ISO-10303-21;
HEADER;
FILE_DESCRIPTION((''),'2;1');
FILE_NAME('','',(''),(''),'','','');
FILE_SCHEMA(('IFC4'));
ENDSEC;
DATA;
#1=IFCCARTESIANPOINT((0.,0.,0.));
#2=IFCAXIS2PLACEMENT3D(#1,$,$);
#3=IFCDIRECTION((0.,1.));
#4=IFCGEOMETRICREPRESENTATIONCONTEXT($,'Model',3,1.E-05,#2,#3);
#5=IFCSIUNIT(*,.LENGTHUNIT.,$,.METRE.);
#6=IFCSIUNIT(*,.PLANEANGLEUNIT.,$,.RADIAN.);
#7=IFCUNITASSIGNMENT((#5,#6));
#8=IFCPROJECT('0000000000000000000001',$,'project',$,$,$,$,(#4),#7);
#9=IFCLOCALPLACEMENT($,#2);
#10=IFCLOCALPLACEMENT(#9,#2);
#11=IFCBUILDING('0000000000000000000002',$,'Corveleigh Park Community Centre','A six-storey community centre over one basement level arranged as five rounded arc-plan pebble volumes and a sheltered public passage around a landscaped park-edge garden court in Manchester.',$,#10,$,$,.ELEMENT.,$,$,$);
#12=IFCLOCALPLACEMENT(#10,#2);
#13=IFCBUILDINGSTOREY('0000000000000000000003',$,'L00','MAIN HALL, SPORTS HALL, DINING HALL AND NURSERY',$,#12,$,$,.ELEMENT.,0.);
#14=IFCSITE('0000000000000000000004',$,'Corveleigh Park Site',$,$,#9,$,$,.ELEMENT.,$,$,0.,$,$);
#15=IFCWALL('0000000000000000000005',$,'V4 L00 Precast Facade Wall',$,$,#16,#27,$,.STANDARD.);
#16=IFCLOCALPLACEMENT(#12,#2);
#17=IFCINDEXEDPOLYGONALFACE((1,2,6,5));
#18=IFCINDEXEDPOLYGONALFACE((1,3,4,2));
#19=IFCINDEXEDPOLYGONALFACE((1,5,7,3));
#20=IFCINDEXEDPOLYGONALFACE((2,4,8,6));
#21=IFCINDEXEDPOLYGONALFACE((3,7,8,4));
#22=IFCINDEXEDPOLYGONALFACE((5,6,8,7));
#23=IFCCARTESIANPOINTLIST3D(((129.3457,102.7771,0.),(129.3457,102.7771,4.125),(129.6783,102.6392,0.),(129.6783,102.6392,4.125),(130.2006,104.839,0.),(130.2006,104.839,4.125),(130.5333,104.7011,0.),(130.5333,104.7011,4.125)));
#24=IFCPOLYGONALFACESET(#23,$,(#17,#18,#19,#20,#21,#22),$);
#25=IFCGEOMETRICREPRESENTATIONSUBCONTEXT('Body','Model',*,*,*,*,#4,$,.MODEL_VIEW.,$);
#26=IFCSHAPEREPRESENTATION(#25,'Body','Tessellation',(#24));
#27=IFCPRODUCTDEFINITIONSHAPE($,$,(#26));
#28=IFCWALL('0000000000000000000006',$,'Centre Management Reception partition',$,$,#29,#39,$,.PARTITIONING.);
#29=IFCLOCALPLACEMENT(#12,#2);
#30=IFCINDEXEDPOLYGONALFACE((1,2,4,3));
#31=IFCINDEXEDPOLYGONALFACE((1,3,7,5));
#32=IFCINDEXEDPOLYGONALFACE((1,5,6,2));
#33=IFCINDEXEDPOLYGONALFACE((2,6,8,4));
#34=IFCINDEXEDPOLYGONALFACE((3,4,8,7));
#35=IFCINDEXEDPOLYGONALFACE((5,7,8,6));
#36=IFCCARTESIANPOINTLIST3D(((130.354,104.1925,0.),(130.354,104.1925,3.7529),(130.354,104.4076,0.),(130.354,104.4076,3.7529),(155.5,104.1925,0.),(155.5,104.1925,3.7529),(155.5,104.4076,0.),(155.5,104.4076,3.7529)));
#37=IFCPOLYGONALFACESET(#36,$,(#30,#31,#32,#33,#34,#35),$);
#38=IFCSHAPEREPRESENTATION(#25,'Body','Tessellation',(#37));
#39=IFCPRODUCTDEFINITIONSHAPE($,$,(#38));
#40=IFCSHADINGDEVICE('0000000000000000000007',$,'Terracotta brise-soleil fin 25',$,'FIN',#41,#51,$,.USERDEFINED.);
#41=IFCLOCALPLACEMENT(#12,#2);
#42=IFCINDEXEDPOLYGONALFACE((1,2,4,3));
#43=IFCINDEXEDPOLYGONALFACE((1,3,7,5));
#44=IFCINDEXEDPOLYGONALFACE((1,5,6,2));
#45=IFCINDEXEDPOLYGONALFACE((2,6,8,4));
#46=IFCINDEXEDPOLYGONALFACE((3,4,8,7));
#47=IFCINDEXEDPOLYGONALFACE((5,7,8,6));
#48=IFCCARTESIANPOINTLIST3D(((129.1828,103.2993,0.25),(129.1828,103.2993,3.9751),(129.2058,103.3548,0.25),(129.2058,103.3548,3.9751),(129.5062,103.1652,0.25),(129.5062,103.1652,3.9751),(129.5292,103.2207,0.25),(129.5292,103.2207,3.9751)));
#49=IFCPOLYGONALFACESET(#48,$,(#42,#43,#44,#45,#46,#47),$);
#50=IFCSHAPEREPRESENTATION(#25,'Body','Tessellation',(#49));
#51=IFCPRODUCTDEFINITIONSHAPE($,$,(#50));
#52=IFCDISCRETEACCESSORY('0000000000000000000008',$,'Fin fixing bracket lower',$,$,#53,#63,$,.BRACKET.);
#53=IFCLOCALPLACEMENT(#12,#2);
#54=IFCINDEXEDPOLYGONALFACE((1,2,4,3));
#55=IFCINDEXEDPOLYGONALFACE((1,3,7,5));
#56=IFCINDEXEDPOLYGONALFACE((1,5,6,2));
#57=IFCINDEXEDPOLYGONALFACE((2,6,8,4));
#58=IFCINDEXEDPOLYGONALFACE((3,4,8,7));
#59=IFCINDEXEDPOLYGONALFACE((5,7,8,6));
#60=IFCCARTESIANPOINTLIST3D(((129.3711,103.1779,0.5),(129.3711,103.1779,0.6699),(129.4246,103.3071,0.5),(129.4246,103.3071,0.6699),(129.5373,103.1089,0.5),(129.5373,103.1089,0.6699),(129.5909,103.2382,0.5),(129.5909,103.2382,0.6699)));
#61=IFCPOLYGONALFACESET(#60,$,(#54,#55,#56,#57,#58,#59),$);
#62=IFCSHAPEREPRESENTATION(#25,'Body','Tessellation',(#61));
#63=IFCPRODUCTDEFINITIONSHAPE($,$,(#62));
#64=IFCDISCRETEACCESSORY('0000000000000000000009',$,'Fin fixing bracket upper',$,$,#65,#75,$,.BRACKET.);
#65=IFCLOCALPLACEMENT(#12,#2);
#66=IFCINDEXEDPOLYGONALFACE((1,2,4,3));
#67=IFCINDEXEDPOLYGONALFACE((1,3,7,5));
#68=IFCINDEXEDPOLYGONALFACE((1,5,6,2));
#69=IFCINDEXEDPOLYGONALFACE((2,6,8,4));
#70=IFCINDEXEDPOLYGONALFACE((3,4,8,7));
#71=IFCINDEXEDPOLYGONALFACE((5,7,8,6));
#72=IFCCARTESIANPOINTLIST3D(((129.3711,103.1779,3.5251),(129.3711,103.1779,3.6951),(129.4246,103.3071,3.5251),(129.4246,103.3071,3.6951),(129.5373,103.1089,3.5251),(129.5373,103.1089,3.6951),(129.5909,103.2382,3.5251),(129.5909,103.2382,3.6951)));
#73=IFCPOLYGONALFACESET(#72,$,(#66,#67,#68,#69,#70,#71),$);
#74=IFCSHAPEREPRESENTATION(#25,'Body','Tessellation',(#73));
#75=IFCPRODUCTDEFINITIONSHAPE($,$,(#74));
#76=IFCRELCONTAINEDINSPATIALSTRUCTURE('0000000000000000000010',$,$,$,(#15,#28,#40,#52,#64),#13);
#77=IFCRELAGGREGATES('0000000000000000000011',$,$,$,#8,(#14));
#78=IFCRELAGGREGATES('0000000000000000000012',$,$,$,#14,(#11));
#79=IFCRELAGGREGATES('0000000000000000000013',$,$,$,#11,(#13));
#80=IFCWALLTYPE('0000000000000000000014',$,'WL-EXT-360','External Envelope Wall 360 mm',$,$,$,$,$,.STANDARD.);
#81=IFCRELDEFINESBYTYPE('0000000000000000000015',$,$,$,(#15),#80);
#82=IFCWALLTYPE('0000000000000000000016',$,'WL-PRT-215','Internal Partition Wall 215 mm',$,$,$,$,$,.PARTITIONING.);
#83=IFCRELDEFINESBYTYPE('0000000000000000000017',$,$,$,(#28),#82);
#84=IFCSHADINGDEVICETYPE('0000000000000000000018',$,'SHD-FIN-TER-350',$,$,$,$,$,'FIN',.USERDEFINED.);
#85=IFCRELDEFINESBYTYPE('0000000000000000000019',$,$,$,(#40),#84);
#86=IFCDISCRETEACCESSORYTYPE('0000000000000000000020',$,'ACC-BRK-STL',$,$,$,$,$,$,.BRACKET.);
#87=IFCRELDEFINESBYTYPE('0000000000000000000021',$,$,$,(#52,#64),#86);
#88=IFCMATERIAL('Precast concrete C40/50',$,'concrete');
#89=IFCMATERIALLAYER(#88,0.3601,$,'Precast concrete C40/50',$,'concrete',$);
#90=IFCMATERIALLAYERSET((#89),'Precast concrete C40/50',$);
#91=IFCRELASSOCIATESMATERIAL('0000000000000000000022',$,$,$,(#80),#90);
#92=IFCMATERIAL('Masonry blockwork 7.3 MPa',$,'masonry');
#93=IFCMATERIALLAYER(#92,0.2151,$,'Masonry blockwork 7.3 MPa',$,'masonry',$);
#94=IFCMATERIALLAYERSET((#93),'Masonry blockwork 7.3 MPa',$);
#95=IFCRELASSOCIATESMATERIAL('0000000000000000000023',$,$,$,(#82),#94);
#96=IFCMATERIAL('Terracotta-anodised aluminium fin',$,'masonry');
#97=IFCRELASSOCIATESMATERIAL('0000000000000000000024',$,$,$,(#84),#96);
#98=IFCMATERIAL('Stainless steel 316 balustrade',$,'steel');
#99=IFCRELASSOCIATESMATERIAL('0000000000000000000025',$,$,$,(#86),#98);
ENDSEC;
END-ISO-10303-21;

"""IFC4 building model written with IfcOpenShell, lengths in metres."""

from ifc_helpers import new_model, si_unit, direction, frame, frame_2d, origin, origin_2d, place, context, subcontext, project, spatial, rectangle, extrude, material, layer, layer_set, type_object, element, save


model = new_model("IFC4")

# Units and contexts
model_context = context("Model", 3, precision=1e-05, world=origin(), true_north=direction((0.0, 1.0)))
body_context = subcontext(model_context, "Body", "Model", "MODEL_VIEW")
ifc_project = project(units=[si_unit("LENGTHUNIT", "METRE"), si_unit("PLANEANGLEUNIT", "RADIAN")], contexts=[model_context])

# Site, building, storey
site_placement = place(None, origin())
site = spatial("IfcSite", under=ifc_project, at=site_placement, Name="Corveleigh Park Site", CompositionType="ELEMENT", RefElevation=0.0)
building_placement = place(site_placement, origin())
building = spatial("IfcBuilding", under=site, at=building_placement, Name="Corveleigh Park Community Centre", Description="A six-storey community centre over one basement level arranged as five rounded arc-plan pebble volumes and a sheltered public passage around a landscaped park-edge garden court in Manchester.", CompositionType="ELEMENT")
storey_placement = place(building_placement, origin())
storey = spatial("IfcBuildingStorey", under=building, at=storey_placement, Name="L00", Description="MAIN HALL, SPORTS HALL, DINING HALL AND NURSERY", CompositionType="ELEMENT", Elevation=0.0)

# Walls
ifc_material_1 = material(Name="Precast concrete C40/50", Category="concrete")
ifc_layer_1 = layer(ifc_material_1, 0.3601, Name="Precast concrete C40/50", Category="concrete")
ifc_layer_set_1 = layer_set([ifc_layer_1], Name="Precast concrete C40/50")
wall_type_1 = type_object("IfcWallType", Name="WL-EXT-360", Description="External Envelope Wall 360 mm", PredefinedType="STANDARD", material=ifc_layer_set_1)
wall_1_placement = place(storey_placement, frame((129.512, 102.708, 0.0), z_axis=(0.0, 0.0, 1.0), x_axis=(0.383015, 0.923742, 0.0)))
element("IfcWall", 1, at=wall_1_placement, inside=storey, type_object=wall_type_1, Name="V4 L00 Precast Facade Wall", PredefinedType="STANDARD", context=body_context, shape_type="SweptSolid", body=[
    extrude(rectangle(XDim=2.2322, YDim=0.3601, at=frame_2d((1.1162, 0.0))), origin(), (0.0, 0.0, 1.0), 4.125),
])
ifc_material_2 = material(Name="Masonry blockwork 7.3 MPa", Category="masonry")
ifc_layer_2 = layer(ifc_material_2, 0.2151, Name="Masonry blockwork 7.3 MPa", Category="masonry")
ifc_layer_set_2 = layer_set([ifc_layer_2], Name="Masonry blockwork 7.3 MPa")
wall_type_2 = type_object("IfcWallType", Name="WL-PRT-215", Description="Internal Partition Wall 215 mm", PredefinedType="PARTITIONING", material=ifc_layer_set_2)
wall_2_placement = place(storey_placement, frame((130.354, 104.3, 0.0), z_axis=(0.0, 0.0, 1.0), x_axis=(1.0, 0.0, 0.0)))
element("IfcWall", 2, at=wall_2_placement, inside=storey, type_object=wall_type_2, Name="Centre Management Reception partition", PredefinedType="PARTITIONING", context=body_context, shape_type="SweptSolid", body=[
    extrude(rectangle(XDim=25.146, YDim=0.2151, at=frame_2d((12.573, 0.0))), origin(), (0.0, 0.0, 1.0), 3.7529),
])

# Shading device
ifc_material_3 = material(Name="Terracotta-anodised aluminium fin", Category="masonry")
shading_device_type = type_object("IfcShadingDeviceType", Name="SHD-FIN-TER-350", ElementType="FIN", PredefinedType="USERDEFINED", material=ifc_material_3)
shading_device_placement = place(storey_placement, frame((129.356, 103.26, 0.25), z_axis=(0.0, 0.0, 1.0), x_axis=(-0.923738, 0.383024, 0.0)))
element("IfcShadingDevice", 3, at=shading_device_placement, inside=storey, type_object=shading_device_type, Name="Terracotta brise-soleil fin 25", ObjectType="FIN", PredefinedType="USERDEFINED", context=body_context, shape_type="SweptSolid", body=[
    extrude(rectangle(XDim=0.3501, YDim=0.0601, at=origin_2d()), origin(), (0.0, 0.0, 1.0), 3.7251),
])

# Discrete accessories
ifc_material_4 = material(Name="Stainless steel 316 balustrade", Category="steel")
discrete_accessory_type = type_object("IfcDiscreteAccessoryType", Name="ACC-BRK-STL", PredefinedType="BRACKET", material=ifc_material_4)
for number, where, z_axis, x_axis, name in (
    (4, (129.481, 103.208, 0.5), (0.0, 0.0, 1.0), (-0.923738, 0.383024, 0.0), "Fin fixing bracket lower"),
    (5, (129.481, 103.208, 3.5251), (0.0, 0.0, 1.0), (-0.923738, 0.383024, 0.0), "Fin fixing bracket upper"),
):
    element("IfcDiscreteAccessory", number, at=place(storey_placement, frame(where, z_axis=z_axis, x_axis=x_axis)), inside=storey, type_object=discrete_accessory_type, Name=name, PredefinedType="BRACKET", context=body_context, shape_type="SweptSolid", body=[
        extrude(rectangle(XDim=0.1799, YDim=0.1399, at=origin_2d()), origin(), (0.0, 0.0, 1.0), 0.1699),
    ])

save(model, "model.ifc")
